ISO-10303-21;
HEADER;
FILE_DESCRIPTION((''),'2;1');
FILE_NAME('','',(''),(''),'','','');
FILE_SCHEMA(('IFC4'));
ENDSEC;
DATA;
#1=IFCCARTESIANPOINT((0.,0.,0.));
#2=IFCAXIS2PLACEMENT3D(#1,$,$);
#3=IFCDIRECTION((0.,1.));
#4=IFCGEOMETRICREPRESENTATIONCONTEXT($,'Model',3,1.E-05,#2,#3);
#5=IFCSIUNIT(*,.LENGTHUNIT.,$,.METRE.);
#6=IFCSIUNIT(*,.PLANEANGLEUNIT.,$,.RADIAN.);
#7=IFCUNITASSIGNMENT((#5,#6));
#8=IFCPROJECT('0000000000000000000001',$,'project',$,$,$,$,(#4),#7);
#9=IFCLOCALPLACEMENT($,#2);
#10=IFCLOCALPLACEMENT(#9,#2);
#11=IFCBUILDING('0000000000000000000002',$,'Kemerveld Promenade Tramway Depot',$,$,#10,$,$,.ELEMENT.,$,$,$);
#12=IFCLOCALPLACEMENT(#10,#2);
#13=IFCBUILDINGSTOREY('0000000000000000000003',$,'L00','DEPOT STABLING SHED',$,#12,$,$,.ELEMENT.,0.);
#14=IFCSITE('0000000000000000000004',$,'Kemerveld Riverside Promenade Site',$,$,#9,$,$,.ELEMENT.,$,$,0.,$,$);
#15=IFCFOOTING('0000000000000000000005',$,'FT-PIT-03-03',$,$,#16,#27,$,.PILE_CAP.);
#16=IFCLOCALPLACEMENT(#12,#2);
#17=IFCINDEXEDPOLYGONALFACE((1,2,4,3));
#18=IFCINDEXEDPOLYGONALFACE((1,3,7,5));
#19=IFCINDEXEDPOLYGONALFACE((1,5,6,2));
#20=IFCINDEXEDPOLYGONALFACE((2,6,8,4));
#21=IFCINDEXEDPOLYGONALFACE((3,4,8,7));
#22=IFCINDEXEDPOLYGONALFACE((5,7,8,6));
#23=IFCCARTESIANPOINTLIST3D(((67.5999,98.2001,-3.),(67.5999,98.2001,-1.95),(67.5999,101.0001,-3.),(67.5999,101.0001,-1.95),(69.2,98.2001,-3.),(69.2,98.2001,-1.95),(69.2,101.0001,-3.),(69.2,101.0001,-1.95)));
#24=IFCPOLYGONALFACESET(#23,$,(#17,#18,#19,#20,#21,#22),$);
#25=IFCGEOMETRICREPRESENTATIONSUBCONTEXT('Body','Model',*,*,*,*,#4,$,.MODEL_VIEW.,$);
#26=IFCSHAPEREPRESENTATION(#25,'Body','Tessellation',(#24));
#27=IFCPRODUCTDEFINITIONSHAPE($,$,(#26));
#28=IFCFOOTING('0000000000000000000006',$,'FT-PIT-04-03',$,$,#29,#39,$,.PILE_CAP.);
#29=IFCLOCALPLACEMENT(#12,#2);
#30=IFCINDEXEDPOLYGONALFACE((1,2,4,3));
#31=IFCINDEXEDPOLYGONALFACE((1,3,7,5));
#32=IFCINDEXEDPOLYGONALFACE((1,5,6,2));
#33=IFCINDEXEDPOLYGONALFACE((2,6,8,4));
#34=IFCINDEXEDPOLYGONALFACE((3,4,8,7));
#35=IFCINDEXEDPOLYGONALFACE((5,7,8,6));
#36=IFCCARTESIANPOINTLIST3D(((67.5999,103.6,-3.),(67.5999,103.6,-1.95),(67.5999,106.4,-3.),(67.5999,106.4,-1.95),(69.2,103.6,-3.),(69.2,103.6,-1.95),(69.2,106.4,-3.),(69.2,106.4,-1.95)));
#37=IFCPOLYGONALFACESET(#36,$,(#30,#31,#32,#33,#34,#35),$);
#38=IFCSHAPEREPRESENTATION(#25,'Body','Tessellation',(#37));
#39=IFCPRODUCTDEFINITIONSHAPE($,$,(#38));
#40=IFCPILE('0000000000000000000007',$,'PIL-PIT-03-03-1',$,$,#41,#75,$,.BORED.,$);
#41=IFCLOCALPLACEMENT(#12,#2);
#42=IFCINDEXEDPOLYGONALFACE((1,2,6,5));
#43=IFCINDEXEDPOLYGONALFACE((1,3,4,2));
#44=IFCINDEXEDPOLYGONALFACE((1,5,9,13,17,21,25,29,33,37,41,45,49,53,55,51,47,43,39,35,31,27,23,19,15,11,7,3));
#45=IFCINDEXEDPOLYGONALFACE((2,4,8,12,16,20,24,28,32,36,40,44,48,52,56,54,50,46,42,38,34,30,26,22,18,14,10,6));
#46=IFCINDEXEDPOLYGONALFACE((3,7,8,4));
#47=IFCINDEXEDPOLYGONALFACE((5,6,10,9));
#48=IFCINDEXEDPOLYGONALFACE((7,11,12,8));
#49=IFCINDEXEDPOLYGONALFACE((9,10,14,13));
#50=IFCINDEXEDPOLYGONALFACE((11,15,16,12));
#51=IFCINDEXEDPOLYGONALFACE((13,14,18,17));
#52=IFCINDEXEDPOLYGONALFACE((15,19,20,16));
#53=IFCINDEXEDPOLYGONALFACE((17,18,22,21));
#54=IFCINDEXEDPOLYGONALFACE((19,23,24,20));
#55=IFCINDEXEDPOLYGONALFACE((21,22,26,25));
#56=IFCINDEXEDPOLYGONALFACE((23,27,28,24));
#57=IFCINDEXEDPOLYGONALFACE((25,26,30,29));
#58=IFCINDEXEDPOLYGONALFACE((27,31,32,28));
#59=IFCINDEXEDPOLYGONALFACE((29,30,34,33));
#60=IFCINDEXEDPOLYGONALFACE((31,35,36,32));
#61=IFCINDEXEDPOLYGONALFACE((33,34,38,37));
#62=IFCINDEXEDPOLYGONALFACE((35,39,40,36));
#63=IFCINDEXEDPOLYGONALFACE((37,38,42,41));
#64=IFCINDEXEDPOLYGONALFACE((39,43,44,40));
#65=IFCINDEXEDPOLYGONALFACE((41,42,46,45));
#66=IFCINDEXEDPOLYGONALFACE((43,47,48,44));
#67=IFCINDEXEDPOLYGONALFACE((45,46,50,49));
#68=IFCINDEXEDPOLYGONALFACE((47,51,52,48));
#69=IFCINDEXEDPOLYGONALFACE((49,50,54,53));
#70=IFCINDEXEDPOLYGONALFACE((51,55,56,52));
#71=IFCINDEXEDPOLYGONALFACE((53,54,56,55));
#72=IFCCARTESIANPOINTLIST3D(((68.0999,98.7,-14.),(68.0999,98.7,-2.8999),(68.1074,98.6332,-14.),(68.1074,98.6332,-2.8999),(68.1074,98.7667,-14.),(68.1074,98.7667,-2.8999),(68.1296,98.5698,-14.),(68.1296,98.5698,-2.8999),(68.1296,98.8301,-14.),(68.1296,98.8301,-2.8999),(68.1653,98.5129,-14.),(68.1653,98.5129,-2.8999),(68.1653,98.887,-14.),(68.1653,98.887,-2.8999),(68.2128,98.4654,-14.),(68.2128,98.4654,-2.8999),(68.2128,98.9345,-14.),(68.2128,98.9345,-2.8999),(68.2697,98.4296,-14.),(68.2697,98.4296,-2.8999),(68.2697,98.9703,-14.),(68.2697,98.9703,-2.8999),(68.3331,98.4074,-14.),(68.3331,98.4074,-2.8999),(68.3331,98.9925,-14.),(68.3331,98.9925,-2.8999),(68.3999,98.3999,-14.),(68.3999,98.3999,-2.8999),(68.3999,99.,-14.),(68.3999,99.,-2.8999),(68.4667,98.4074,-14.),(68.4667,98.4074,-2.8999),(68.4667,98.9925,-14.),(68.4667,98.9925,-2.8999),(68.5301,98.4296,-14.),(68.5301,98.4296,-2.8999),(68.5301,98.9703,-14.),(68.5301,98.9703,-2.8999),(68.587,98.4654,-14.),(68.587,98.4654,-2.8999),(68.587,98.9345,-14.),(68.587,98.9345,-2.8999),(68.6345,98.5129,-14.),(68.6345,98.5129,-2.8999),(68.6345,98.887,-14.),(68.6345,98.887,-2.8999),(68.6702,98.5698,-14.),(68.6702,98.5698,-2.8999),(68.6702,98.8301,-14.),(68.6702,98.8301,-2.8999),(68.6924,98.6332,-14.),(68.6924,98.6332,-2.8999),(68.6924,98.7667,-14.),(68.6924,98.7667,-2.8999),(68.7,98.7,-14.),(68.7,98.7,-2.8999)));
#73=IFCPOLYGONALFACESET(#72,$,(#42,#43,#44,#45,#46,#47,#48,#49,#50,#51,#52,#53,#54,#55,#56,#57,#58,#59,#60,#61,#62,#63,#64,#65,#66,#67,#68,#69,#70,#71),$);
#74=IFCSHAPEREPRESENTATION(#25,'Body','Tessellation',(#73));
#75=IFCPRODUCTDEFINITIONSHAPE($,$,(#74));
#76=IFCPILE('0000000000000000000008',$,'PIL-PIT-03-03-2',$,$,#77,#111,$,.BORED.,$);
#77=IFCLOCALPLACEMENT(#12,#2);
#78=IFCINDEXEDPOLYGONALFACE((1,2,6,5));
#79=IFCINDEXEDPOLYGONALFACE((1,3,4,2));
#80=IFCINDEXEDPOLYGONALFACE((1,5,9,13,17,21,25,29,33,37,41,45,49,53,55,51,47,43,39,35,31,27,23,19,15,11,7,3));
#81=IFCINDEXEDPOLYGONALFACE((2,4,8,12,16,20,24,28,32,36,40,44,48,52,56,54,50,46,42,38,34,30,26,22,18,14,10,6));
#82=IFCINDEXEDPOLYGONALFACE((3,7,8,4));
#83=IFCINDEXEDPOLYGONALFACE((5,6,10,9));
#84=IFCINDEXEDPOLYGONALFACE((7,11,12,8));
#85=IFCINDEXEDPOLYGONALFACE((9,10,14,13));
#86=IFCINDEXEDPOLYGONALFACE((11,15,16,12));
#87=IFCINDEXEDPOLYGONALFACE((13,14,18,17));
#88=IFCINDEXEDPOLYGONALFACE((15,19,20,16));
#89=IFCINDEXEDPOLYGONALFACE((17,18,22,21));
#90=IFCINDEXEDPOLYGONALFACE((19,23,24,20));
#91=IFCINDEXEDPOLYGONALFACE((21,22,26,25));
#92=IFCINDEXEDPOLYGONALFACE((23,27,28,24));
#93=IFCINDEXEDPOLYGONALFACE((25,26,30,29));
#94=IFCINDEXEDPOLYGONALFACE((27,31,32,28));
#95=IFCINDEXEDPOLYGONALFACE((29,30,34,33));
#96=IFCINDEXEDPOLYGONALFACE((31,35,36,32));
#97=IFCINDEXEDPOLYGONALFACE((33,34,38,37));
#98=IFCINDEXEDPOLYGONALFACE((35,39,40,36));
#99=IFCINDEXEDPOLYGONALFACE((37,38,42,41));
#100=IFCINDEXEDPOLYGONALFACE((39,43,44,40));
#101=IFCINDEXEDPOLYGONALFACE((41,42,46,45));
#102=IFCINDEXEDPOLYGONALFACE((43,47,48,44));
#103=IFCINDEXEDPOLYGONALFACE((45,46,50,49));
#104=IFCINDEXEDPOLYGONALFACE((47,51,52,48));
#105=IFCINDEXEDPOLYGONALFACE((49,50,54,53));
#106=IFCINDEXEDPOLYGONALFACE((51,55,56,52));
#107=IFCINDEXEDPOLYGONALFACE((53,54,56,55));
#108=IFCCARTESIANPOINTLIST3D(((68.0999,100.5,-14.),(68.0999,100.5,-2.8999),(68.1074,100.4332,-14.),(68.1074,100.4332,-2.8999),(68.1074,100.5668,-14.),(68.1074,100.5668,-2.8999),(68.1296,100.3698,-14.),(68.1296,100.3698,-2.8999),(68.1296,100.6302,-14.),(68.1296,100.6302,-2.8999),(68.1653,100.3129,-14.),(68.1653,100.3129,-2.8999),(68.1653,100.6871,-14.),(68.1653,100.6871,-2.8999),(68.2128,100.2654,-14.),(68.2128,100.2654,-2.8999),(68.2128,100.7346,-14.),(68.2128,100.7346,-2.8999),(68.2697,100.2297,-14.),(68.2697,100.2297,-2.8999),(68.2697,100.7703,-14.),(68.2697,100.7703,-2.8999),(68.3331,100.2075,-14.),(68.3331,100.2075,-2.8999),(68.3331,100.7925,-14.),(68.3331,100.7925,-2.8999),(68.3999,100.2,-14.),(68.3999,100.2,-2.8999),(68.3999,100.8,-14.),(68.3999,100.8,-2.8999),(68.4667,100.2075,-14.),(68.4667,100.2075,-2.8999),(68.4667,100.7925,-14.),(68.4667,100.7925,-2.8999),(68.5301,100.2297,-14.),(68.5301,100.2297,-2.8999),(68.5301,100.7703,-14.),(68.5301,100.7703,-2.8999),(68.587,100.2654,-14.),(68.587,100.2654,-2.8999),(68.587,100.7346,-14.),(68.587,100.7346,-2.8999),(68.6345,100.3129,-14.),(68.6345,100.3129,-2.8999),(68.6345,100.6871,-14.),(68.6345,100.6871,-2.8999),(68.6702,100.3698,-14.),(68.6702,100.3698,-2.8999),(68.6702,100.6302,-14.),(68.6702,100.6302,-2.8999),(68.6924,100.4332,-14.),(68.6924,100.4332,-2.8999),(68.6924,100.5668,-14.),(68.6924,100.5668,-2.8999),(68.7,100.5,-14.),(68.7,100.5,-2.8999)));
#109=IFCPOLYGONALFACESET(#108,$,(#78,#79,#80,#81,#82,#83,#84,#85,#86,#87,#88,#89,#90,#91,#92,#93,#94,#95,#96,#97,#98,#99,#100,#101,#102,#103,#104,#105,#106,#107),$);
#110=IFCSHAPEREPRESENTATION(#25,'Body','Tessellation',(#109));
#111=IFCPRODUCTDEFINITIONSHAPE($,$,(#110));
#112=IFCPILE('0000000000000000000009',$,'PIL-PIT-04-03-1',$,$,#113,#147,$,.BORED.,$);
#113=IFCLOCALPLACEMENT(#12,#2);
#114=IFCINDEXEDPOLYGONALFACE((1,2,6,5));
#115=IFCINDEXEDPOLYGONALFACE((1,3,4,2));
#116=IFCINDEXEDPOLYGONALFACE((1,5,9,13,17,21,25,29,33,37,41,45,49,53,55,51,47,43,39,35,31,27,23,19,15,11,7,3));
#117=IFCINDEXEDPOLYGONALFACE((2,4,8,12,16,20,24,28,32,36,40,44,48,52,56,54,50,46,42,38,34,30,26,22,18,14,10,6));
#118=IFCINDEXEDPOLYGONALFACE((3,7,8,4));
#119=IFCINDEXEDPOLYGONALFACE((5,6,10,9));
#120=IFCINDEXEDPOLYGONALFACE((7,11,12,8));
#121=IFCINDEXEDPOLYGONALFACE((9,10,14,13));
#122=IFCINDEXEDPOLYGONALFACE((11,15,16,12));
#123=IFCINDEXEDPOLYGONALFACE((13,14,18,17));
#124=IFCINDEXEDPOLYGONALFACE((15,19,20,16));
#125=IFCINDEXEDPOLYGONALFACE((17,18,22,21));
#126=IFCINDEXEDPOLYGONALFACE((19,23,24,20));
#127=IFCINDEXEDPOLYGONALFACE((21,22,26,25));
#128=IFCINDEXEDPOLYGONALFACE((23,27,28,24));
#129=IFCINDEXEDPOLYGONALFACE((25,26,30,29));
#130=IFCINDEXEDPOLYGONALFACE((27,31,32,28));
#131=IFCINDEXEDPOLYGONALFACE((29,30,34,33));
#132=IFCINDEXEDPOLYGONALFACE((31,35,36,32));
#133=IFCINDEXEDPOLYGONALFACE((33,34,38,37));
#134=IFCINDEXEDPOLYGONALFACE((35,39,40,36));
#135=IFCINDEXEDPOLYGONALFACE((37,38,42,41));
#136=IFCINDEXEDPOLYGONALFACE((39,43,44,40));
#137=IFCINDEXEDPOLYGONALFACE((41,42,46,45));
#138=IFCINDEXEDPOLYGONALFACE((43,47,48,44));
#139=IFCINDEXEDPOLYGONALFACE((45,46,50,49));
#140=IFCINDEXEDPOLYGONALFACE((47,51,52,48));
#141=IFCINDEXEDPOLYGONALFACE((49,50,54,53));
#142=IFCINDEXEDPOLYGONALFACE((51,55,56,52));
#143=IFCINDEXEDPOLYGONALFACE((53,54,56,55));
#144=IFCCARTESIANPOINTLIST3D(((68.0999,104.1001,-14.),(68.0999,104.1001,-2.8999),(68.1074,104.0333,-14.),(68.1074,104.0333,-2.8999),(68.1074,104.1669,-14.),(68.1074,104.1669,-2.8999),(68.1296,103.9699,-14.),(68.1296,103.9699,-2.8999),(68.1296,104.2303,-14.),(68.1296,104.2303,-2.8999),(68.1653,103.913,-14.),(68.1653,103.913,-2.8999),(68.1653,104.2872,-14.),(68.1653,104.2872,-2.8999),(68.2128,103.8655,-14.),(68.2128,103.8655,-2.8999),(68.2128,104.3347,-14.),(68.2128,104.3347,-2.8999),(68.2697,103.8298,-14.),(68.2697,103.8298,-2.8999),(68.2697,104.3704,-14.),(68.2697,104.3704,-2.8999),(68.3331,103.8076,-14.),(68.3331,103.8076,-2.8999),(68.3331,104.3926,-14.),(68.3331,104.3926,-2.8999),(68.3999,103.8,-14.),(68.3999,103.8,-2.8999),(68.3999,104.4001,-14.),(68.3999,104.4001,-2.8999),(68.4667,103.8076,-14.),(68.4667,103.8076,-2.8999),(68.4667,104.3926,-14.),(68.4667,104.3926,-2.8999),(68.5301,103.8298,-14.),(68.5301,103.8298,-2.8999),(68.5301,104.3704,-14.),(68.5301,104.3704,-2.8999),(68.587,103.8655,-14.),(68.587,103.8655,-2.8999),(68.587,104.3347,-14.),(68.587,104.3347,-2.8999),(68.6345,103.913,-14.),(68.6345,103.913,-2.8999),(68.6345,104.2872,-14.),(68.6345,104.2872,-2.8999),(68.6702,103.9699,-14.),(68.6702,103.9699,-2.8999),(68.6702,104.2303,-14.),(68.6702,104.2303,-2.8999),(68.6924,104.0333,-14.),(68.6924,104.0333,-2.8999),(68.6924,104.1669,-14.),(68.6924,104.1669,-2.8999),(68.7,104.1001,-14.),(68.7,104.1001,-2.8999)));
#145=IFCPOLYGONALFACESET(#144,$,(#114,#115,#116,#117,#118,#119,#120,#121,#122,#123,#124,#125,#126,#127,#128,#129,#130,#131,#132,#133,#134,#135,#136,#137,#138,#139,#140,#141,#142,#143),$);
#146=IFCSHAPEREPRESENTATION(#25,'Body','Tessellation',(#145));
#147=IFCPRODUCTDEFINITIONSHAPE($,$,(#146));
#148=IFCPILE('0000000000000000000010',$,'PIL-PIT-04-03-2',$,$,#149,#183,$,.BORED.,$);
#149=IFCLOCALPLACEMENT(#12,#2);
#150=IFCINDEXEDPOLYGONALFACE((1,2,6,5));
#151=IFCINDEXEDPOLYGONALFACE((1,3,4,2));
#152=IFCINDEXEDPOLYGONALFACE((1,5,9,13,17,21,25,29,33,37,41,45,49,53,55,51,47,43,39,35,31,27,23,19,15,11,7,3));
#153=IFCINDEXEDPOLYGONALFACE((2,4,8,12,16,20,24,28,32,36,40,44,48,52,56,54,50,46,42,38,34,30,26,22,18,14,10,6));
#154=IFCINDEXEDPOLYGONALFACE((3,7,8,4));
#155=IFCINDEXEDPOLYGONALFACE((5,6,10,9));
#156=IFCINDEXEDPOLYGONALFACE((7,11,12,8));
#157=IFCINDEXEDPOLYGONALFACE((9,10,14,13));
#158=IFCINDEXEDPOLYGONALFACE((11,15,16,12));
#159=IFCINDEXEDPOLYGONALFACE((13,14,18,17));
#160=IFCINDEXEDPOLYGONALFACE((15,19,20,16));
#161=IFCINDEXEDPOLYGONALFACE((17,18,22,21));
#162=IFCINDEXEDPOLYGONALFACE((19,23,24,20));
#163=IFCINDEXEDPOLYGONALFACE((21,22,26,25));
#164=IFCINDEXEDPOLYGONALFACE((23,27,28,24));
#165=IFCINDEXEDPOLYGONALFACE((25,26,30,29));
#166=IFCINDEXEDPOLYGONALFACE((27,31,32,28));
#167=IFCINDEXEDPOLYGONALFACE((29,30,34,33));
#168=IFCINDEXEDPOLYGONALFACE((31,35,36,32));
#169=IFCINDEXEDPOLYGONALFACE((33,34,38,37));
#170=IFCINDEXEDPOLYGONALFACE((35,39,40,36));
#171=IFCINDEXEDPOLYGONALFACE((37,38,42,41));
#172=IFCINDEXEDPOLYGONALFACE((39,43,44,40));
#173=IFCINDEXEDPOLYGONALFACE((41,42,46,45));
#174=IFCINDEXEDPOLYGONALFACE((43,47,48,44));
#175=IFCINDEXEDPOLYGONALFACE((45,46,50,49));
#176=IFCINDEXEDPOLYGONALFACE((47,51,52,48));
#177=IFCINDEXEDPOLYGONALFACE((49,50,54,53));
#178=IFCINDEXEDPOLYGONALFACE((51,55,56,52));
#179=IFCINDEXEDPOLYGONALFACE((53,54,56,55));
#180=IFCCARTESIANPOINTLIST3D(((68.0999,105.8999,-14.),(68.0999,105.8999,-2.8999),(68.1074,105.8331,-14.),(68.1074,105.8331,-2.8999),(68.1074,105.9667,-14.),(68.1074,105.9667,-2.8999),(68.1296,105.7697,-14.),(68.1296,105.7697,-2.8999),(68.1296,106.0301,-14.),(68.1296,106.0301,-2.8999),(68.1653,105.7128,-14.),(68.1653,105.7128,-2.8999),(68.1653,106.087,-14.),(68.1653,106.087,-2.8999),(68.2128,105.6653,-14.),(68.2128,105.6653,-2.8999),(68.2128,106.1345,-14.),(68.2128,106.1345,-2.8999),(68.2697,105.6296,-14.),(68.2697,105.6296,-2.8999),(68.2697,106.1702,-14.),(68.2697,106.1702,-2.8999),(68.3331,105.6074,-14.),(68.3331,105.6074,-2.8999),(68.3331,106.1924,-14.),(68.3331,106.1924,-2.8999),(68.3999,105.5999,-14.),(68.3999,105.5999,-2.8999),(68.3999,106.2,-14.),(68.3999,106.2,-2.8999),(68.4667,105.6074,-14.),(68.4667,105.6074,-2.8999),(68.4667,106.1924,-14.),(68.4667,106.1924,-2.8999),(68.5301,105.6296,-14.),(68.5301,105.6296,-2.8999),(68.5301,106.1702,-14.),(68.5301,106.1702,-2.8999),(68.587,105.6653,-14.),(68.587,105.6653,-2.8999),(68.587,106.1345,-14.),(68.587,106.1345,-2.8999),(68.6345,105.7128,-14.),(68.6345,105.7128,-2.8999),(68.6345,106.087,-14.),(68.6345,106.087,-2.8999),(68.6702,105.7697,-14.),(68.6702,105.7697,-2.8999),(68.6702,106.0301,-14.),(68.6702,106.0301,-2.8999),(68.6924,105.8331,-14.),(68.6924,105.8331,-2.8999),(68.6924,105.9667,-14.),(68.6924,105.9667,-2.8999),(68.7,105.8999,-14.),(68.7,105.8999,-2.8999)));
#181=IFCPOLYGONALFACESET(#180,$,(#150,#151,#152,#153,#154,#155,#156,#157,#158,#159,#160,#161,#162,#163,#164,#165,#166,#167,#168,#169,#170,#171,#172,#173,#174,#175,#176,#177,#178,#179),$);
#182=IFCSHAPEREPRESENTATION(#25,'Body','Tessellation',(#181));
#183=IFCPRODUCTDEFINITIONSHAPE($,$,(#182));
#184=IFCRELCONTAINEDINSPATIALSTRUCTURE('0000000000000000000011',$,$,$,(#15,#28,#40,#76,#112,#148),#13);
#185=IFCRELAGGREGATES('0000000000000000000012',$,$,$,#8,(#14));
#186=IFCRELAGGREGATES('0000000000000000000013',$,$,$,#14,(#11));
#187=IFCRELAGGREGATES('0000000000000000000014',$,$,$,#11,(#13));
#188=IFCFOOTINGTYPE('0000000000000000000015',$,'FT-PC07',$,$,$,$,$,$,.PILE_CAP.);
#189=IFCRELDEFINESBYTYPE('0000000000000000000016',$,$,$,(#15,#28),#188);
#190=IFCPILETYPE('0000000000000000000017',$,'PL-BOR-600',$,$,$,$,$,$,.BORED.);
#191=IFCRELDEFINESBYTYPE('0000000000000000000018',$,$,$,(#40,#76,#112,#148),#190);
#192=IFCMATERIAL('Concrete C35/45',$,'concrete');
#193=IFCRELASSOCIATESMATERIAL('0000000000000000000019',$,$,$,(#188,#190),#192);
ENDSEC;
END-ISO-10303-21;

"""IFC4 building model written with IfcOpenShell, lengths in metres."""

from ifc_helpers import new_model, si_unit, direction, frame, origin, origin_2d, place, context, subcontext, project, spatial, rectangle, circle, extrude, material, material_profile, profile_set, type_object, element, save


model = new_model("IFC4")

# Units and contexts
model_context = context("Model", 3, precision=1e-05, world=origin(), true_north=direction((0.0, 1.0)))
body_context = subcontext(model_context, "Body", "Model", "MODEL_VIEW")
ifc_project = project(units=[si_unit("LENGTHUNIT", "METRE"), si_unit("PLANEANGLEUNIT", "RADIAN")], contexts=[model_context])

# Site, building, storey
site_placement = place(None, origin())
site = spatial("IfcSite", under=ifc_project, at=site_placement, Name="Kemerveld Riverside Promenade Site", CompositionType="ELEMENT", RefElevation=0.0)
building_placement = place(site_placement, origin())
building = spatial("IfcBuilding", under=site, at=building_placement, Name="Kemerveld Promenade Tramway Depot", CompositionType="ELEMENT")
storey_placement = place(building_placement, origin())
storey = spatial("IfcBuildingStorey", under=building, at=storey_placement, Name="L00", Description="DEPOT STABLING SHED", CompositionType="ELEMENT", Elevation=0.0)

# Footings
ifc_material_1 = material(Name="Concrete C35/45", Category="concrete")
footing_type = type_object("IfcFootingType", Name="FT-PC07", PredefinedType="PILE_CAP", material=ifc_material_1)
for number, where, z_axis, x_axis, name in (
    (1, (68.3999, 99.6001, -3.0), (0.0, 0.0, 1.0), (1.0, 0.0, 0.0), "FT-PIT-03-03"),
    (2, (68.3999, 105.0, -3.0), (0.0, 0.0, 1.0), (1.0, 0.0, 0.0), "FT-PIT-04-03"),
):
    element("IfcFooting", number, at=place(storey_placement, frame(where, z_axis=z_axis, x_axis=x_axis)), inside=storey, type_object=footing_type, Name=name, PredefinedType="PILE_CAP", context=body_context, shape_type="SweptSolid", body=[
        extrude(rectangle(XDim=1.6001, YDim=2.8, at=origin_2d()), origin(), (0.0, 0.0, 1.0), 1.05),
    ])

# Piles
ifc_material_profile_1 = material_profile(ifc_material_1, circle(Radius=0.3, at=origin_2d()), Name="PILE-D600")
ifc_profile_set_1 = profile_set([ifc_material_profile_1], Name="Concrete C35/45")
pile_type = type_object("IfcPileType", Name="PL-BOR-600", PredefinedType="BORED", material=ifc_profile_set_1)
for number, where, z_axis, x_axis, name in (
    (3, (68.3999, 98.7, -2.8999), (0.0, 0.0, -1.0), (1.0, 0.0, 0.0), "PIL-PIT-03-03-1"),
    (4, (68.3999, 100.5, -2.8999), (0.0, 0.0, -1.0), (1.0, 0.0, 0.0), "PIL-PIT-03-03-2"),
    (5, (68.3999, 104.1001, -2.8999), (0.0, 0.0, -1.0), (1.0, 0.0, 0.0), "PIL-PIT-04-03-1"),
    (6, (68.3999, 105.8999, -2.8999), (0.0, 0.0, -1.0), (1.0, 0.0, 0.0), "PIL-PIT-04-03-2"),
):
    element("IfcPile", number, at=place(storey_placement, frame(where, z_axis=z_axis, x_axis=x_axis)), inside=storey, type_object=pile_type, Name=name, PredefinedType="BORED", context=body_context, shape_type="SweptSolid", body=[
        extrude(circle(Radius=0.3, at=origin_2d()), origin(), (0.0, 0.0, 1.0), 11.1001),
    ])

save(model, "model.ifc")
